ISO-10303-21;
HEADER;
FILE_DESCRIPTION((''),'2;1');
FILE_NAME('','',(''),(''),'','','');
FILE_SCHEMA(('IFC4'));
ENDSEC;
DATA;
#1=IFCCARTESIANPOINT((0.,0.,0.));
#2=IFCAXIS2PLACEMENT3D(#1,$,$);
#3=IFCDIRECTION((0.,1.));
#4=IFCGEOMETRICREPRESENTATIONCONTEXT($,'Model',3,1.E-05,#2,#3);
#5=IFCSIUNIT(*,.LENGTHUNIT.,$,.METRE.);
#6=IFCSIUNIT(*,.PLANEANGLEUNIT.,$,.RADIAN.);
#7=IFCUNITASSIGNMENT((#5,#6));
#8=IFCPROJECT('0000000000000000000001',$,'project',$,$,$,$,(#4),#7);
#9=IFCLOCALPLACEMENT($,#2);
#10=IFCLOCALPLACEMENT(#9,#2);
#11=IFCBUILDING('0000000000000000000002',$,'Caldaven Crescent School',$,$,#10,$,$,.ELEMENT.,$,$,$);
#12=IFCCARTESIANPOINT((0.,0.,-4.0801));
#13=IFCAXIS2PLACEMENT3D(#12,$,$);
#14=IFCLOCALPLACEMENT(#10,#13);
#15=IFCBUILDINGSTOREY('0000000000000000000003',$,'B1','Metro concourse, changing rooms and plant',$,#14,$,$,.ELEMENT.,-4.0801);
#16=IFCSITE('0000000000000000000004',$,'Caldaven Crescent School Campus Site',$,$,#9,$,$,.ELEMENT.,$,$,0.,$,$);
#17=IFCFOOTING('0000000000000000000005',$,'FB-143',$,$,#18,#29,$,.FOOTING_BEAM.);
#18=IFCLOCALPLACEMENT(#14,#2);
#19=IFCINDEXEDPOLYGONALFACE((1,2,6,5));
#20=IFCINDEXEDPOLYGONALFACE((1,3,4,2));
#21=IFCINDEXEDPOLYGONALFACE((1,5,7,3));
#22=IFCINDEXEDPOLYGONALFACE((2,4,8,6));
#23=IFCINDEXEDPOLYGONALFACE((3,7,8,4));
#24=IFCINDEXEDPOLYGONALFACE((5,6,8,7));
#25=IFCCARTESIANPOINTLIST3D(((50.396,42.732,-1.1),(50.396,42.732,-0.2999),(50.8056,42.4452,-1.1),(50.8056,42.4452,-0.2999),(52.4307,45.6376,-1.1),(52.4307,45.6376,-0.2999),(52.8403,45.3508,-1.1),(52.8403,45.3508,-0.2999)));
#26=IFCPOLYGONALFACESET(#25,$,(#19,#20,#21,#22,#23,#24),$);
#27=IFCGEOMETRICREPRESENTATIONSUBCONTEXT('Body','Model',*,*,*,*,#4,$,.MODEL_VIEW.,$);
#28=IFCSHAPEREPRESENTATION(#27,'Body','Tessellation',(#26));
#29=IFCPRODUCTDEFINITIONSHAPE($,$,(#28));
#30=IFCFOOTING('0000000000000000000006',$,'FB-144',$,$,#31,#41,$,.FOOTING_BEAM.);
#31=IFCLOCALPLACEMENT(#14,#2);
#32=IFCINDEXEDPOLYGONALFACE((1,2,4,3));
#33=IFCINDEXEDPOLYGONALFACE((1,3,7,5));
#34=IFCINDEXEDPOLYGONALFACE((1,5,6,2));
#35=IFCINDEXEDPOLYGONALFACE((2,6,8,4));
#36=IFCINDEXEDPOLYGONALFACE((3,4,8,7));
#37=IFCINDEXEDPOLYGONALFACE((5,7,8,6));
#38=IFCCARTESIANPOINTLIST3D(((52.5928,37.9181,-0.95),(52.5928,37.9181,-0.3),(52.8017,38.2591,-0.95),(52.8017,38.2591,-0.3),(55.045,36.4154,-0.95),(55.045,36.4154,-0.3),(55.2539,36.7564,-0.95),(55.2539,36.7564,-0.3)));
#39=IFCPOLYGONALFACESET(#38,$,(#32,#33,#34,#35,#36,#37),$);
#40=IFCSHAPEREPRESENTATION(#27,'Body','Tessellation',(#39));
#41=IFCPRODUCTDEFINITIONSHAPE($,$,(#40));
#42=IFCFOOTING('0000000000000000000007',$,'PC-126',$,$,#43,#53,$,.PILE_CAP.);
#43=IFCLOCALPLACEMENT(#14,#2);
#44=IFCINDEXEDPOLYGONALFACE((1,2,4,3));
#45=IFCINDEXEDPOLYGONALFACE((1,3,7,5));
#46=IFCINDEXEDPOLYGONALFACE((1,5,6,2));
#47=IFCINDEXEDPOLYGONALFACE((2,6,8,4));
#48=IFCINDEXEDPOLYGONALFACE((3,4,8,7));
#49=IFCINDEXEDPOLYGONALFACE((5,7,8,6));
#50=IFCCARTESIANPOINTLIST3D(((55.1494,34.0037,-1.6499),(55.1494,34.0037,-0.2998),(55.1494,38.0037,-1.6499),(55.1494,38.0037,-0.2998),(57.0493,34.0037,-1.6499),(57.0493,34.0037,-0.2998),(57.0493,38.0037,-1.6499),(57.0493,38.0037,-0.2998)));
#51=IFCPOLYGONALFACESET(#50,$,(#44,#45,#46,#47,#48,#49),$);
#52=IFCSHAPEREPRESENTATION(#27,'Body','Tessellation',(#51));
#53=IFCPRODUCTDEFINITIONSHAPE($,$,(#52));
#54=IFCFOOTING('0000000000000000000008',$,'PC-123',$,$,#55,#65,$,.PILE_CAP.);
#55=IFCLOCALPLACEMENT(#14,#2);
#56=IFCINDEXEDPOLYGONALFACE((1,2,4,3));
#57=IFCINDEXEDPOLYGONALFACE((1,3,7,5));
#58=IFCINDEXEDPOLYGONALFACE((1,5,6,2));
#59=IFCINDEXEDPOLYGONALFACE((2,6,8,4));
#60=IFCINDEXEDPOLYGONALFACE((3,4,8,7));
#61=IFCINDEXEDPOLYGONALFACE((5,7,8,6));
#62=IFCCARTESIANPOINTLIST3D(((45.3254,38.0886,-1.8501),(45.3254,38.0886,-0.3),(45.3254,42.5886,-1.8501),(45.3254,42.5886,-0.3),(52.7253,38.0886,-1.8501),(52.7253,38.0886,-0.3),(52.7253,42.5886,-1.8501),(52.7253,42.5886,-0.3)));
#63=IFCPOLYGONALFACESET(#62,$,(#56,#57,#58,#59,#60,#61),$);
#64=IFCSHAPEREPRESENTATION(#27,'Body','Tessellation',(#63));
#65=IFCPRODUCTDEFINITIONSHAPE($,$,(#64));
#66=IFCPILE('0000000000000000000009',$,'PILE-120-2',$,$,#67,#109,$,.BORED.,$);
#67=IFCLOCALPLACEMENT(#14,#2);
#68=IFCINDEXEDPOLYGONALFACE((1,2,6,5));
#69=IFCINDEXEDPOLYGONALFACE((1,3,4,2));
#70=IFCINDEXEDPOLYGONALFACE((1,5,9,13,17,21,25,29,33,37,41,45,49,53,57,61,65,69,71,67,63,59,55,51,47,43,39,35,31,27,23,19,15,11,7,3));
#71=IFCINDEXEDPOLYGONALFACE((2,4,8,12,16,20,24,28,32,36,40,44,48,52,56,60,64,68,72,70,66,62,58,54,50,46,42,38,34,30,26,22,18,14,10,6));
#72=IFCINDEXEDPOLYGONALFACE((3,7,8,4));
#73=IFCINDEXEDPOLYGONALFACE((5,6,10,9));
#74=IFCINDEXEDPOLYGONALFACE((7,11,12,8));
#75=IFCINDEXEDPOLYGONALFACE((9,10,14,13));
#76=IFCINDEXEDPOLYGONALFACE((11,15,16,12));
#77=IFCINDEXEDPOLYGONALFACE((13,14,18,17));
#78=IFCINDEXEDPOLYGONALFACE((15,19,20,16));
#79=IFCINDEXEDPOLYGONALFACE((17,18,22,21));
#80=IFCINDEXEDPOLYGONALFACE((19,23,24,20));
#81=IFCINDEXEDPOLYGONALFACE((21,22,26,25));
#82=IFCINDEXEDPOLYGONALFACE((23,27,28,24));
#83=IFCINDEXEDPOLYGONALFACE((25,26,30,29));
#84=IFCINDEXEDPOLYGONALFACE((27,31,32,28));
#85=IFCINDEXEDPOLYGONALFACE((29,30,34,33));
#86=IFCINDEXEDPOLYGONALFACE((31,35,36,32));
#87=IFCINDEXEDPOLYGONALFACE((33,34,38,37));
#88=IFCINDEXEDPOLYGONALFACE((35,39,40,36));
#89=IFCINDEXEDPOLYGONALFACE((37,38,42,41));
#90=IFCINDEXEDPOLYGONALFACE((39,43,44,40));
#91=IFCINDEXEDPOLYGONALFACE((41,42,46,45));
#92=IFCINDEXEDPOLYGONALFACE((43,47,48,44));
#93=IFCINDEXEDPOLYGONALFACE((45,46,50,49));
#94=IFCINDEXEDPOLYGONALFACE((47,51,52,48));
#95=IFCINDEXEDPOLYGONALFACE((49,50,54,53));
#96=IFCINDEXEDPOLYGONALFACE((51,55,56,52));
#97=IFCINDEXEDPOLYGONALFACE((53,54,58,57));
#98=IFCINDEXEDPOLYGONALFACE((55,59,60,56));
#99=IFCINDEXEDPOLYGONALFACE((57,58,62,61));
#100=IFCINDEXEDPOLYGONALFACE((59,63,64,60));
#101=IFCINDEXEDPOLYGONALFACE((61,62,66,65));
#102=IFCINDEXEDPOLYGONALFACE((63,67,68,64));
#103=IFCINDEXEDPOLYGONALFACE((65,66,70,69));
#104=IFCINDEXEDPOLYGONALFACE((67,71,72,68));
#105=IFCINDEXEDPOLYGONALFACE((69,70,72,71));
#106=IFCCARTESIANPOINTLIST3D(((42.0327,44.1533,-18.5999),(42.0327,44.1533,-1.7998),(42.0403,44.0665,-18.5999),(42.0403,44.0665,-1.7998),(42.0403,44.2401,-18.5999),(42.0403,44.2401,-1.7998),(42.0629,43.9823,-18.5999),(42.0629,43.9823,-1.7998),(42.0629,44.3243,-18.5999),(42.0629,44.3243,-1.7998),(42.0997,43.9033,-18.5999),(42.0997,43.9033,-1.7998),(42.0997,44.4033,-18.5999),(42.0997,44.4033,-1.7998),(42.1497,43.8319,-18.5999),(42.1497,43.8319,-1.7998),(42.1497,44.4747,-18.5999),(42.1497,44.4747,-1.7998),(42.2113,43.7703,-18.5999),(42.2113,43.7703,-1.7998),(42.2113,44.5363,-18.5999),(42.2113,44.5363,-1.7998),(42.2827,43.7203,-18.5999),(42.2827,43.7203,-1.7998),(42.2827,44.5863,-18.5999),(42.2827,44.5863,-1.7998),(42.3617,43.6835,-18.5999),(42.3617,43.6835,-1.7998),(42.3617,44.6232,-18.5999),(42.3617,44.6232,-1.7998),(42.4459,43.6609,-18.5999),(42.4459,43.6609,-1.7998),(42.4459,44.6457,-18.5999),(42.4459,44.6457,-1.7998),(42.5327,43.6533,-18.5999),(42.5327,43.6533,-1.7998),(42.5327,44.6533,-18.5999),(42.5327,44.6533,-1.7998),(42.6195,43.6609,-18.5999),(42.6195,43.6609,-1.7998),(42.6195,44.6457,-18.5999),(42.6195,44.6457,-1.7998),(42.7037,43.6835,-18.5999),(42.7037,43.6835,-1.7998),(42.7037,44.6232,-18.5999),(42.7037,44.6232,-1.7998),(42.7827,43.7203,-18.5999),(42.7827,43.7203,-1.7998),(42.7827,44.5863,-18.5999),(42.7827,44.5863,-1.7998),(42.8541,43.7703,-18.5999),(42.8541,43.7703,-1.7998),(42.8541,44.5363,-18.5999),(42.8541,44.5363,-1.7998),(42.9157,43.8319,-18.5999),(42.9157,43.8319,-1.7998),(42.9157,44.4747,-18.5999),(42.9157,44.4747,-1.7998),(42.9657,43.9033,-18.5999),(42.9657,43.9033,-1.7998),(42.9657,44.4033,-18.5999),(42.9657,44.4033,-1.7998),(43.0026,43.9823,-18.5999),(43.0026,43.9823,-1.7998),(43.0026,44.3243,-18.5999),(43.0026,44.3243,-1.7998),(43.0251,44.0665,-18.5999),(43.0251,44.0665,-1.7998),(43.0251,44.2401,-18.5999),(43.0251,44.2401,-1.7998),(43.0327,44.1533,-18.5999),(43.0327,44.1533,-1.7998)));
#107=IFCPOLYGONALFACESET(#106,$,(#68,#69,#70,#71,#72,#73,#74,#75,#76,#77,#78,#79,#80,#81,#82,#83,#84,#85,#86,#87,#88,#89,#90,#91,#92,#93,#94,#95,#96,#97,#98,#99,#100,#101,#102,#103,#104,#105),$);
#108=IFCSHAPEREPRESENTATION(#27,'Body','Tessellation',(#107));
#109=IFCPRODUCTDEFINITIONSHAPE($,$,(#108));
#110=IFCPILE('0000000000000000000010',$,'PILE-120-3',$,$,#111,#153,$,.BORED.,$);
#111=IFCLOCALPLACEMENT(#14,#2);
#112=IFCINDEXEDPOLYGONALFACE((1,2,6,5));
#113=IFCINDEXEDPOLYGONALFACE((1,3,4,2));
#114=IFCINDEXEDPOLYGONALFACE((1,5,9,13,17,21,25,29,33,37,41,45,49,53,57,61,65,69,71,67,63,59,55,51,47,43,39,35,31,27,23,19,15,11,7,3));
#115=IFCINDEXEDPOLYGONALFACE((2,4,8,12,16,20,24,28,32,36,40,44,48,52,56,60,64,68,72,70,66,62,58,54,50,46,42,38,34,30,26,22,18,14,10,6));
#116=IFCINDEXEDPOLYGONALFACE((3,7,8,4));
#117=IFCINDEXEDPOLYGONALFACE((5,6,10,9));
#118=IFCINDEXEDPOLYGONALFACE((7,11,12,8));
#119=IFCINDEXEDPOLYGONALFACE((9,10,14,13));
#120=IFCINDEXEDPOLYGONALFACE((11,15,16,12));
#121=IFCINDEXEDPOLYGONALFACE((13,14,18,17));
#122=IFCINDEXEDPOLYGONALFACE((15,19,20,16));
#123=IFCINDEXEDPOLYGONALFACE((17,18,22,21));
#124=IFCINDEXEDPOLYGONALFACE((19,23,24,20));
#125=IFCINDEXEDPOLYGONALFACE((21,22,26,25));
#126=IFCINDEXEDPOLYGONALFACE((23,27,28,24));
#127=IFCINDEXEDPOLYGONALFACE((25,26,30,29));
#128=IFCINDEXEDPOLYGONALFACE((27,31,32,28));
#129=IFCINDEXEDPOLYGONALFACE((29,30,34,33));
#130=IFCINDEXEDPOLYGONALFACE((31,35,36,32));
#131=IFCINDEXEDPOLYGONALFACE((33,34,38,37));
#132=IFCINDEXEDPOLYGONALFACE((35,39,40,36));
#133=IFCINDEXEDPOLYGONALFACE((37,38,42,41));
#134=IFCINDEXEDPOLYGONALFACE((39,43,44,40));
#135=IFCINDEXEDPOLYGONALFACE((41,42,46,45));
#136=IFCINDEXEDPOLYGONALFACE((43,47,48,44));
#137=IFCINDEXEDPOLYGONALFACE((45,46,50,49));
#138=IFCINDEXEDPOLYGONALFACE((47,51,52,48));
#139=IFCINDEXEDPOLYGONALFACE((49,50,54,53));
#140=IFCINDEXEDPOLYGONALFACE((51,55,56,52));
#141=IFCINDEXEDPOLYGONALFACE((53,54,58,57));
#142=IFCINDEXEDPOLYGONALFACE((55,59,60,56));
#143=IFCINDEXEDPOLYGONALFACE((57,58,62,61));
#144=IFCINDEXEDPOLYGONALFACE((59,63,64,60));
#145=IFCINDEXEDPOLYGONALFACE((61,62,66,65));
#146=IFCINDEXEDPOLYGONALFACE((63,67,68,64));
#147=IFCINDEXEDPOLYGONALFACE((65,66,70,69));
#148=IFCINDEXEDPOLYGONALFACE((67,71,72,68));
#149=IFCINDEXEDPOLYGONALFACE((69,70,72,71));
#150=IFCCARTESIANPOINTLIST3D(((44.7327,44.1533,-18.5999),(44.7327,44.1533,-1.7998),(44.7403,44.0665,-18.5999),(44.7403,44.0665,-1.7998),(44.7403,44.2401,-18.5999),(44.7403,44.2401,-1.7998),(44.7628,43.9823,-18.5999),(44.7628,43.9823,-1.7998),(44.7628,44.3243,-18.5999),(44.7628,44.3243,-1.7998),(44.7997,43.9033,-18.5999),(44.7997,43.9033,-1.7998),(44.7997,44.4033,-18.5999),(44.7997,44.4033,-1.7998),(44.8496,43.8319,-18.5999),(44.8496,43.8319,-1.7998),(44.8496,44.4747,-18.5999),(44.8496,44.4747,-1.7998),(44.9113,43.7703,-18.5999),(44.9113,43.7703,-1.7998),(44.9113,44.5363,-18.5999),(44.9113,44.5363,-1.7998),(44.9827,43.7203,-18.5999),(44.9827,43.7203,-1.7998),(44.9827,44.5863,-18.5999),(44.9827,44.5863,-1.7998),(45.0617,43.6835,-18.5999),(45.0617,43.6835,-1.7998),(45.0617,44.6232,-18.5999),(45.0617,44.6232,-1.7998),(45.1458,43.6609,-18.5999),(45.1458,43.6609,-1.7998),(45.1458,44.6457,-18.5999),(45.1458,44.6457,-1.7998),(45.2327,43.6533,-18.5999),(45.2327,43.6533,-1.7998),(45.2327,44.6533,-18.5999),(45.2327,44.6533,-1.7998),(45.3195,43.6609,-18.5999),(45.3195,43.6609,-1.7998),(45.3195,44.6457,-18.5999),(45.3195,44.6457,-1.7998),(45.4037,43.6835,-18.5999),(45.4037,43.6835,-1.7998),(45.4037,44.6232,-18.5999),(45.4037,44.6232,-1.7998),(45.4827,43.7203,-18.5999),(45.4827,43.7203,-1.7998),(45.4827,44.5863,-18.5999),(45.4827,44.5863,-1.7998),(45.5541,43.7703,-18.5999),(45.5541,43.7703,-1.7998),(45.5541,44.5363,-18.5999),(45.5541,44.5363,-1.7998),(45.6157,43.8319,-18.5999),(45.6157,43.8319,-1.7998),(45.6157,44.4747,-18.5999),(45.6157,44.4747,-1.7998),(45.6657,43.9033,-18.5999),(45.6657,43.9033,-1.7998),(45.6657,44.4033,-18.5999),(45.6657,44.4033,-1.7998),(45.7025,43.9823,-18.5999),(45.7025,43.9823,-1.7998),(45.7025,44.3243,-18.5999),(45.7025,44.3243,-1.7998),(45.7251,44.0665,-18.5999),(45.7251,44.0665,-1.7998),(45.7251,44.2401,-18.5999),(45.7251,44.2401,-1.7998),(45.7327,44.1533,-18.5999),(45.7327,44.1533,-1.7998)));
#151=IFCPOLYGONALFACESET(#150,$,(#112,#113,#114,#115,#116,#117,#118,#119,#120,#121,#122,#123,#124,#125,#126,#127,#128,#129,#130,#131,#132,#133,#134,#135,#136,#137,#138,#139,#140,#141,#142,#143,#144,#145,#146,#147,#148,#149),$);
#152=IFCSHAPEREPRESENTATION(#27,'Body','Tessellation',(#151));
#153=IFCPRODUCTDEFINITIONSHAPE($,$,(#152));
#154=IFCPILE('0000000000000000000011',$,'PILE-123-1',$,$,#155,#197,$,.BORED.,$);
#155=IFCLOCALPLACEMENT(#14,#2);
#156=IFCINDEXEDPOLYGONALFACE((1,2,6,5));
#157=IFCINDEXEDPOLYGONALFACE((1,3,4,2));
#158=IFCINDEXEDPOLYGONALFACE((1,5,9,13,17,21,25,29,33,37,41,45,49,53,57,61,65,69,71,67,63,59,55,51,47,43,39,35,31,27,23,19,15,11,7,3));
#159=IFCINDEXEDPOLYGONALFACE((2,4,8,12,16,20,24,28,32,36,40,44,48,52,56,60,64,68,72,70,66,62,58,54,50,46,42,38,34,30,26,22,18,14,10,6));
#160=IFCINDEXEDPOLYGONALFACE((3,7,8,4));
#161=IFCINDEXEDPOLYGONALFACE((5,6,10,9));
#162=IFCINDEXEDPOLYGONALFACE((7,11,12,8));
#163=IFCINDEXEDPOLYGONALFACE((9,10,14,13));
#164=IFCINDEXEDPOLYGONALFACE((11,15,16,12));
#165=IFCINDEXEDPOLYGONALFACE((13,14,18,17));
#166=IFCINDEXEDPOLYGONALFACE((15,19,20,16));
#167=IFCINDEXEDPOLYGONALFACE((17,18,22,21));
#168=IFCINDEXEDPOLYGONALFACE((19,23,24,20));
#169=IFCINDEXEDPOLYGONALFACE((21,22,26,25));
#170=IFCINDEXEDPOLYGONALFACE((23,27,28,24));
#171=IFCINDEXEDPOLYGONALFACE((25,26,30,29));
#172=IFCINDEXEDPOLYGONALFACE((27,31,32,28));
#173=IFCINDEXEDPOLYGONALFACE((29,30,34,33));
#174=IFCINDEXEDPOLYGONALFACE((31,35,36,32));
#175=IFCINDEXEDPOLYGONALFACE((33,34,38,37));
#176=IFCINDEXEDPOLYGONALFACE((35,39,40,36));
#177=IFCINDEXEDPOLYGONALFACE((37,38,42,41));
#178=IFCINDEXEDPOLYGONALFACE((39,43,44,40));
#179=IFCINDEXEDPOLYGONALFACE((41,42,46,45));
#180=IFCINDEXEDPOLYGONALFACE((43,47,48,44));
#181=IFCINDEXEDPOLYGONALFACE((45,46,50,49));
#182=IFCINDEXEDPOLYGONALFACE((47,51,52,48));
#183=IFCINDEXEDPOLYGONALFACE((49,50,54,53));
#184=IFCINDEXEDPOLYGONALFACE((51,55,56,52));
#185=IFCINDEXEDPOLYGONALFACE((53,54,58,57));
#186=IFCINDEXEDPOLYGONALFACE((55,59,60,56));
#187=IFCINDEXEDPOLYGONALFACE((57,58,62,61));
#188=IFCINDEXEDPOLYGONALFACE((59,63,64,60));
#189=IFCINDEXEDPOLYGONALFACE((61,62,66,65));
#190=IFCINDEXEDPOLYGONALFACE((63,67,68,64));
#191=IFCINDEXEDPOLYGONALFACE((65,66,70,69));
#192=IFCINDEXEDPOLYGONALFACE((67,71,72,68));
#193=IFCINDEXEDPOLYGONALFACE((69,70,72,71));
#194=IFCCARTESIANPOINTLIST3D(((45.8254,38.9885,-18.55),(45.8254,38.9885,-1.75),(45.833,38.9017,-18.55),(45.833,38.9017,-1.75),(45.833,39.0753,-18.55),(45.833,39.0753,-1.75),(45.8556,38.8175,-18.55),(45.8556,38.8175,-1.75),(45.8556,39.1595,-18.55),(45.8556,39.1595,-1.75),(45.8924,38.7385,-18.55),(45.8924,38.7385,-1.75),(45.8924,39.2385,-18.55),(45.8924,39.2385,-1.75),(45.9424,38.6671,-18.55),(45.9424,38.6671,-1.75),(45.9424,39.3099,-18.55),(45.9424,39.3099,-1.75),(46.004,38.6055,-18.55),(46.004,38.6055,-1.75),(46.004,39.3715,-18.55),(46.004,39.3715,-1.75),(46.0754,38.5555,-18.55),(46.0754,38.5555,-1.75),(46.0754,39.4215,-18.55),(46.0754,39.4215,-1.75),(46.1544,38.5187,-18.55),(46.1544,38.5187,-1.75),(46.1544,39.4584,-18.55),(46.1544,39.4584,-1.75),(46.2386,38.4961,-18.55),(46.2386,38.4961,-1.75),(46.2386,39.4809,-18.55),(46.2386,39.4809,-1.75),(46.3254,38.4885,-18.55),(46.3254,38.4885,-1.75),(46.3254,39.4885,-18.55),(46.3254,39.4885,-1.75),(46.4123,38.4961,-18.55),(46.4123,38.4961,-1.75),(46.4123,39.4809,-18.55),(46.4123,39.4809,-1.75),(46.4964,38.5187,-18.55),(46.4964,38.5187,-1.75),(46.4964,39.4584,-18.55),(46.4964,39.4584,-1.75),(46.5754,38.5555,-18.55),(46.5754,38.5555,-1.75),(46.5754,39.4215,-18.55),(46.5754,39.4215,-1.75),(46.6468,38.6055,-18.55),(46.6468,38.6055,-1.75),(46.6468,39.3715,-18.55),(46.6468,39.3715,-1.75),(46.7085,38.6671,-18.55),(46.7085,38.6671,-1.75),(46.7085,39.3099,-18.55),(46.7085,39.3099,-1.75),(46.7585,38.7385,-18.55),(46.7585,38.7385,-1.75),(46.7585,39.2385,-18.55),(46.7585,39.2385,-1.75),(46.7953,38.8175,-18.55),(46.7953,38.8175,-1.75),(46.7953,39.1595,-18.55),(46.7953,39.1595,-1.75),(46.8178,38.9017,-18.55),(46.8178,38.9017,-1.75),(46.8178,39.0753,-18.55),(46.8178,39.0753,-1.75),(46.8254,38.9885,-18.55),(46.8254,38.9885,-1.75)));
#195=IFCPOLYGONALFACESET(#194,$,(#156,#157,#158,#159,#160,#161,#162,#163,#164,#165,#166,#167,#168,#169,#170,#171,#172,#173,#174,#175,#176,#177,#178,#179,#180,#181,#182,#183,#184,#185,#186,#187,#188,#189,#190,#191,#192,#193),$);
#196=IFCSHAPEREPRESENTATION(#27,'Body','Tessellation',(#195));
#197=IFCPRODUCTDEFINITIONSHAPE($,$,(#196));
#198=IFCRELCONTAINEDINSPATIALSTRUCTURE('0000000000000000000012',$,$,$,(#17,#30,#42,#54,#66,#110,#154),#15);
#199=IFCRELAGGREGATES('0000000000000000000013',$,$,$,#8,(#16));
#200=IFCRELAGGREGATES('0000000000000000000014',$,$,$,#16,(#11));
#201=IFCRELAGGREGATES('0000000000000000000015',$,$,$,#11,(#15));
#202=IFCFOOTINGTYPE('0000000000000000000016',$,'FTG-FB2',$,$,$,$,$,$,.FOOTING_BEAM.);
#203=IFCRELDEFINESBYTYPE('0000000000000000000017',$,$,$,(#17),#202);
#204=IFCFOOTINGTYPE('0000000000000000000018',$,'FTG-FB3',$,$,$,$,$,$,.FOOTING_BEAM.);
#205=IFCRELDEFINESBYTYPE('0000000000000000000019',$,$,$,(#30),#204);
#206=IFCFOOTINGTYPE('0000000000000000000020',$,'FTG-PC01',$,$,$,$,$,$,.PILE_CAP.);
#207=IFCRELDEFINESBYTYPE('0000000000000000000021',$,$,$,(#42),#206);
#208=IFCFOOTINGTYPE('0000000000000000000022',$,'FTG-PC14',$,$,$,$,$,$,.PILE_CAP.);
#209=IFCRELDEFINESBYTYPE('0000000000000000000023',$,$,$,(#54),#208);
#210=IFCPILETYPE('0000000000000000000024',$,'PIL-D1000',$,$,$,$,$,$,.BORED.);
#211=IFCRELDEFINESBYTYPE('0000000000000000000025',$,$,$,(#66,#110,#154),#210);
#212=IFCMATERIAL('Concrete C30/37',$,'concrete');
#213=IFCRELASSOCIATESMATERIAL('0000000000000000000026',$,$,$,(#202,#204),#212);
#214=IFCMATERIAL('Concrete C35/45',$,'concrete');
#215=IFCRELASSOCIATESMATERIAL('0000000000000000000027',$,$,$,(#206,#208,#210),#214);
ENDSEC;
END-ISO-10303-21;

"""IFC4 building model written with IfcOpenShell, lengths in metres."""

from ifc_helpers import new_model, si_unit, direction, frame, origin, origin_2d, place, context, subcontext, project, spatial, rectangle, circle, extrude, material, material_profile, profile_set, type_object, element, save


model = new_model("IFC4")

# Units and contexts
model_context = context("Model", 3, precision=1e-05, world=origin(), true_north=direction((0.0, 1.0)))
body_context = subcontext(model_context, "Body", "Model", "MODEL_VIEW")
ifc_project = project(units=[si_unit("LENGTHUNIT", "METRE"), si_unit("PLANEANGLEUNIT", "RADIAN")], contexts=[model_context])

# Site, building, storey
site_placement = place(None, origin())
site = spatial("IfcSite", under=ifc_project, at=site_placement, Name="Caldaven Crescent School Campus Site", CompositionType="ELEMENT", RefElevation=0.0)
building_placement = place(site_placement, origin())
building = spatial("IfcBuilding", under=site, at=building_placement, Name="Caldaven Crescent School", CompositionType="ELEMENT")
storey_placement = place(building_placement, frame((0.0, 0.0, -4.0801)))
storey = spatial("IfcBuildingStorey", under=building, at=storey_placement, Name="B1", Description="Metro concourse, changing rooms and plant", CompositionType="ELEMENT", Elevation=-4.0801)

# Footings
ifc_material_1 = material(Name="Concrete C30/37", Category="concrete")
ifc_material_profile_1 = material_profile(ifc_material_1, rectangle(XDim=0.5, YDim=0.8, at=origin_2d()), Name="FB 500x800")
ifc_profile_set_1 = profile_set([ifc_material_profile_1], Name="Concrete C30/37")
footing_type_1 = type_object("IfcFootingType", Name="FTG-FB2", PredefinedType="FOOTING_BEAM", material=ifc_profile_set_1)
footing_1_placement = place(storey_placement, frame((50.6008, 42.5886, -0.7), z_axis=(0.573615, 0.819125, 0.0), x_axis=(-0.819125, 0.573615, 0.0)))
element("IfcFooting", 1, at=footing_1_placement, inside=storey, type_object=footing_type_1, Name="FB-143", PredefinedType="FOOTING_BEAM", context=body_context, shape_type="SweptSolid", body=[
    extrude(rectangle(XDim=0.5, YDim=0.8, at=origin_2d()), origin(), (0.0, 0.0, 1.0), 3.5471),
])
ifc_material_profile_2 = material_profile(ifc_material_1, rectangle(XDim=0.3999, YDim=0.6499, at=origin_2d()), Name="FB 400x650")
ifc_profile_set_2 = profile_set([ifc_material_profile_2], Name="Concrete C30/37")
footing_type_2 = type_object("IfcFootingType", Name="FTG-FB3", PredefinedType="FOOTING_BEAM", material=ifc_profile_set_2)
footing_2_placement = place(storey_placement, frame((52.6973, 38.0886, -0.625), z_axis=(0.852639, -0.5225, 0.0), x_axis=(0.5225, 0.852639, 0.0)))
element("IfcFooting", 2, at=footing_2_placement, inside=storey, type_object=footing_type_2, Name="FB-144", PredefinedType="FOOTING_BEAM", context=body_context, shape_type="SweptSolid", body=[
    extrude(rectangle(XDim=0.3999, YDim=0.6499, at=origin_2d()), origin(), (0.0, 0.0, 1.0), 2.876),
])
ifc_material_2 = material(Name="Concrete C35/45", Category="concrete")
footing_type_3 = type_object("IfcFootingType", Name="FTG-PC01", PredefinedType="PILE_CAP", material=ifc_material_2)
footing_3_placement = place(storey_placement, frame((56.0994, 36.0037, -1.6499), z_axis=(0.0, 0.0, 1.0), x_axis=(0.0, 1.0, 0.0)))
element("IfcFooting", 3, at=footing_3_placement, inside=storey, type_object=footing_type_3, Name="PC-126", PredefinedType="PILE_CAP", context=body_context, shape_type="SweptSolid", body=[
    extrude(rectangle(XDim=4.0, YDim=1.8999, at=origin_2d()), origin(), (0.0, 0.0, 1.0), 1.3501),
])
footing_type_4 = type_object("IfcFootingType", Name="FTG-PC14", PredefinedType="PILE_CAP", material=ifc_material_2)
footing_4_placement = place(storey_placement, frame((49.0254, 40.3386, -1.8501), z_axis=(0.0, 0.0, 1.0), x_axis=(1.0, 0.0, 0.0)))
element("IfcFooting", 4, at=footing_4_placement, inside=storey, type_object=footing_type_4, Name="PC-123", PredefinedType="PILE_CAP", context=body_context, shape_type="SweptSolid", body=[
    extrude(rectangle(XDim=7.3999, YDim=4.5, at=origin_2d()), origin(), (0.0, 0.0, 1.0), 1.55),
])

# Piles
ifc_material_profile_3 = material_profile(ifc_material_2, circle(Radius=0.5, at=origin_2d()), Name="PILE D1000")
ifc_profile_set_3 = profile_set([ifc_material_profile_3], Name="Concrete C35/45")
pile_type = type_object("IfcPileType", Name="PIL-D1000", PredefinedType="BORED", material=ifc_profile_set_3)
for number, where, z_axis, x_axis, name in (
    (5, (42.5327, 44.1533, -1.7998), (0.0, 0.0, -1.0), (1.0, 0.0, 0.0), "PILE-120-2"),
    (6, (45.2327, 44.1533, -1.7998), (0.0, 0.0, -1.0), (1.0, 0.0, 0.0), "PILE-120-3"),
    (7, (46.3254, 38.9885, -1.75), (0.0, 0.0, -1.0), (1.0, 0.0, 0.0), "PILE-123-1"),
):
    element("IfcPile", number, at=place(storey_placement, frame(where, z_axis=z_axis, x_axis=x_axis)), inside=storey, type_object=pile_type, Name=name, PredefinedType="BORED", context=body_context, shape_type="SweptSolid", body=[
        extrude(circle(Radius=0.5, at=origin_2d()), origin(), (0.0, 0.0, 1.0), 16.8),
    ])

save(model, "model.ifc")
